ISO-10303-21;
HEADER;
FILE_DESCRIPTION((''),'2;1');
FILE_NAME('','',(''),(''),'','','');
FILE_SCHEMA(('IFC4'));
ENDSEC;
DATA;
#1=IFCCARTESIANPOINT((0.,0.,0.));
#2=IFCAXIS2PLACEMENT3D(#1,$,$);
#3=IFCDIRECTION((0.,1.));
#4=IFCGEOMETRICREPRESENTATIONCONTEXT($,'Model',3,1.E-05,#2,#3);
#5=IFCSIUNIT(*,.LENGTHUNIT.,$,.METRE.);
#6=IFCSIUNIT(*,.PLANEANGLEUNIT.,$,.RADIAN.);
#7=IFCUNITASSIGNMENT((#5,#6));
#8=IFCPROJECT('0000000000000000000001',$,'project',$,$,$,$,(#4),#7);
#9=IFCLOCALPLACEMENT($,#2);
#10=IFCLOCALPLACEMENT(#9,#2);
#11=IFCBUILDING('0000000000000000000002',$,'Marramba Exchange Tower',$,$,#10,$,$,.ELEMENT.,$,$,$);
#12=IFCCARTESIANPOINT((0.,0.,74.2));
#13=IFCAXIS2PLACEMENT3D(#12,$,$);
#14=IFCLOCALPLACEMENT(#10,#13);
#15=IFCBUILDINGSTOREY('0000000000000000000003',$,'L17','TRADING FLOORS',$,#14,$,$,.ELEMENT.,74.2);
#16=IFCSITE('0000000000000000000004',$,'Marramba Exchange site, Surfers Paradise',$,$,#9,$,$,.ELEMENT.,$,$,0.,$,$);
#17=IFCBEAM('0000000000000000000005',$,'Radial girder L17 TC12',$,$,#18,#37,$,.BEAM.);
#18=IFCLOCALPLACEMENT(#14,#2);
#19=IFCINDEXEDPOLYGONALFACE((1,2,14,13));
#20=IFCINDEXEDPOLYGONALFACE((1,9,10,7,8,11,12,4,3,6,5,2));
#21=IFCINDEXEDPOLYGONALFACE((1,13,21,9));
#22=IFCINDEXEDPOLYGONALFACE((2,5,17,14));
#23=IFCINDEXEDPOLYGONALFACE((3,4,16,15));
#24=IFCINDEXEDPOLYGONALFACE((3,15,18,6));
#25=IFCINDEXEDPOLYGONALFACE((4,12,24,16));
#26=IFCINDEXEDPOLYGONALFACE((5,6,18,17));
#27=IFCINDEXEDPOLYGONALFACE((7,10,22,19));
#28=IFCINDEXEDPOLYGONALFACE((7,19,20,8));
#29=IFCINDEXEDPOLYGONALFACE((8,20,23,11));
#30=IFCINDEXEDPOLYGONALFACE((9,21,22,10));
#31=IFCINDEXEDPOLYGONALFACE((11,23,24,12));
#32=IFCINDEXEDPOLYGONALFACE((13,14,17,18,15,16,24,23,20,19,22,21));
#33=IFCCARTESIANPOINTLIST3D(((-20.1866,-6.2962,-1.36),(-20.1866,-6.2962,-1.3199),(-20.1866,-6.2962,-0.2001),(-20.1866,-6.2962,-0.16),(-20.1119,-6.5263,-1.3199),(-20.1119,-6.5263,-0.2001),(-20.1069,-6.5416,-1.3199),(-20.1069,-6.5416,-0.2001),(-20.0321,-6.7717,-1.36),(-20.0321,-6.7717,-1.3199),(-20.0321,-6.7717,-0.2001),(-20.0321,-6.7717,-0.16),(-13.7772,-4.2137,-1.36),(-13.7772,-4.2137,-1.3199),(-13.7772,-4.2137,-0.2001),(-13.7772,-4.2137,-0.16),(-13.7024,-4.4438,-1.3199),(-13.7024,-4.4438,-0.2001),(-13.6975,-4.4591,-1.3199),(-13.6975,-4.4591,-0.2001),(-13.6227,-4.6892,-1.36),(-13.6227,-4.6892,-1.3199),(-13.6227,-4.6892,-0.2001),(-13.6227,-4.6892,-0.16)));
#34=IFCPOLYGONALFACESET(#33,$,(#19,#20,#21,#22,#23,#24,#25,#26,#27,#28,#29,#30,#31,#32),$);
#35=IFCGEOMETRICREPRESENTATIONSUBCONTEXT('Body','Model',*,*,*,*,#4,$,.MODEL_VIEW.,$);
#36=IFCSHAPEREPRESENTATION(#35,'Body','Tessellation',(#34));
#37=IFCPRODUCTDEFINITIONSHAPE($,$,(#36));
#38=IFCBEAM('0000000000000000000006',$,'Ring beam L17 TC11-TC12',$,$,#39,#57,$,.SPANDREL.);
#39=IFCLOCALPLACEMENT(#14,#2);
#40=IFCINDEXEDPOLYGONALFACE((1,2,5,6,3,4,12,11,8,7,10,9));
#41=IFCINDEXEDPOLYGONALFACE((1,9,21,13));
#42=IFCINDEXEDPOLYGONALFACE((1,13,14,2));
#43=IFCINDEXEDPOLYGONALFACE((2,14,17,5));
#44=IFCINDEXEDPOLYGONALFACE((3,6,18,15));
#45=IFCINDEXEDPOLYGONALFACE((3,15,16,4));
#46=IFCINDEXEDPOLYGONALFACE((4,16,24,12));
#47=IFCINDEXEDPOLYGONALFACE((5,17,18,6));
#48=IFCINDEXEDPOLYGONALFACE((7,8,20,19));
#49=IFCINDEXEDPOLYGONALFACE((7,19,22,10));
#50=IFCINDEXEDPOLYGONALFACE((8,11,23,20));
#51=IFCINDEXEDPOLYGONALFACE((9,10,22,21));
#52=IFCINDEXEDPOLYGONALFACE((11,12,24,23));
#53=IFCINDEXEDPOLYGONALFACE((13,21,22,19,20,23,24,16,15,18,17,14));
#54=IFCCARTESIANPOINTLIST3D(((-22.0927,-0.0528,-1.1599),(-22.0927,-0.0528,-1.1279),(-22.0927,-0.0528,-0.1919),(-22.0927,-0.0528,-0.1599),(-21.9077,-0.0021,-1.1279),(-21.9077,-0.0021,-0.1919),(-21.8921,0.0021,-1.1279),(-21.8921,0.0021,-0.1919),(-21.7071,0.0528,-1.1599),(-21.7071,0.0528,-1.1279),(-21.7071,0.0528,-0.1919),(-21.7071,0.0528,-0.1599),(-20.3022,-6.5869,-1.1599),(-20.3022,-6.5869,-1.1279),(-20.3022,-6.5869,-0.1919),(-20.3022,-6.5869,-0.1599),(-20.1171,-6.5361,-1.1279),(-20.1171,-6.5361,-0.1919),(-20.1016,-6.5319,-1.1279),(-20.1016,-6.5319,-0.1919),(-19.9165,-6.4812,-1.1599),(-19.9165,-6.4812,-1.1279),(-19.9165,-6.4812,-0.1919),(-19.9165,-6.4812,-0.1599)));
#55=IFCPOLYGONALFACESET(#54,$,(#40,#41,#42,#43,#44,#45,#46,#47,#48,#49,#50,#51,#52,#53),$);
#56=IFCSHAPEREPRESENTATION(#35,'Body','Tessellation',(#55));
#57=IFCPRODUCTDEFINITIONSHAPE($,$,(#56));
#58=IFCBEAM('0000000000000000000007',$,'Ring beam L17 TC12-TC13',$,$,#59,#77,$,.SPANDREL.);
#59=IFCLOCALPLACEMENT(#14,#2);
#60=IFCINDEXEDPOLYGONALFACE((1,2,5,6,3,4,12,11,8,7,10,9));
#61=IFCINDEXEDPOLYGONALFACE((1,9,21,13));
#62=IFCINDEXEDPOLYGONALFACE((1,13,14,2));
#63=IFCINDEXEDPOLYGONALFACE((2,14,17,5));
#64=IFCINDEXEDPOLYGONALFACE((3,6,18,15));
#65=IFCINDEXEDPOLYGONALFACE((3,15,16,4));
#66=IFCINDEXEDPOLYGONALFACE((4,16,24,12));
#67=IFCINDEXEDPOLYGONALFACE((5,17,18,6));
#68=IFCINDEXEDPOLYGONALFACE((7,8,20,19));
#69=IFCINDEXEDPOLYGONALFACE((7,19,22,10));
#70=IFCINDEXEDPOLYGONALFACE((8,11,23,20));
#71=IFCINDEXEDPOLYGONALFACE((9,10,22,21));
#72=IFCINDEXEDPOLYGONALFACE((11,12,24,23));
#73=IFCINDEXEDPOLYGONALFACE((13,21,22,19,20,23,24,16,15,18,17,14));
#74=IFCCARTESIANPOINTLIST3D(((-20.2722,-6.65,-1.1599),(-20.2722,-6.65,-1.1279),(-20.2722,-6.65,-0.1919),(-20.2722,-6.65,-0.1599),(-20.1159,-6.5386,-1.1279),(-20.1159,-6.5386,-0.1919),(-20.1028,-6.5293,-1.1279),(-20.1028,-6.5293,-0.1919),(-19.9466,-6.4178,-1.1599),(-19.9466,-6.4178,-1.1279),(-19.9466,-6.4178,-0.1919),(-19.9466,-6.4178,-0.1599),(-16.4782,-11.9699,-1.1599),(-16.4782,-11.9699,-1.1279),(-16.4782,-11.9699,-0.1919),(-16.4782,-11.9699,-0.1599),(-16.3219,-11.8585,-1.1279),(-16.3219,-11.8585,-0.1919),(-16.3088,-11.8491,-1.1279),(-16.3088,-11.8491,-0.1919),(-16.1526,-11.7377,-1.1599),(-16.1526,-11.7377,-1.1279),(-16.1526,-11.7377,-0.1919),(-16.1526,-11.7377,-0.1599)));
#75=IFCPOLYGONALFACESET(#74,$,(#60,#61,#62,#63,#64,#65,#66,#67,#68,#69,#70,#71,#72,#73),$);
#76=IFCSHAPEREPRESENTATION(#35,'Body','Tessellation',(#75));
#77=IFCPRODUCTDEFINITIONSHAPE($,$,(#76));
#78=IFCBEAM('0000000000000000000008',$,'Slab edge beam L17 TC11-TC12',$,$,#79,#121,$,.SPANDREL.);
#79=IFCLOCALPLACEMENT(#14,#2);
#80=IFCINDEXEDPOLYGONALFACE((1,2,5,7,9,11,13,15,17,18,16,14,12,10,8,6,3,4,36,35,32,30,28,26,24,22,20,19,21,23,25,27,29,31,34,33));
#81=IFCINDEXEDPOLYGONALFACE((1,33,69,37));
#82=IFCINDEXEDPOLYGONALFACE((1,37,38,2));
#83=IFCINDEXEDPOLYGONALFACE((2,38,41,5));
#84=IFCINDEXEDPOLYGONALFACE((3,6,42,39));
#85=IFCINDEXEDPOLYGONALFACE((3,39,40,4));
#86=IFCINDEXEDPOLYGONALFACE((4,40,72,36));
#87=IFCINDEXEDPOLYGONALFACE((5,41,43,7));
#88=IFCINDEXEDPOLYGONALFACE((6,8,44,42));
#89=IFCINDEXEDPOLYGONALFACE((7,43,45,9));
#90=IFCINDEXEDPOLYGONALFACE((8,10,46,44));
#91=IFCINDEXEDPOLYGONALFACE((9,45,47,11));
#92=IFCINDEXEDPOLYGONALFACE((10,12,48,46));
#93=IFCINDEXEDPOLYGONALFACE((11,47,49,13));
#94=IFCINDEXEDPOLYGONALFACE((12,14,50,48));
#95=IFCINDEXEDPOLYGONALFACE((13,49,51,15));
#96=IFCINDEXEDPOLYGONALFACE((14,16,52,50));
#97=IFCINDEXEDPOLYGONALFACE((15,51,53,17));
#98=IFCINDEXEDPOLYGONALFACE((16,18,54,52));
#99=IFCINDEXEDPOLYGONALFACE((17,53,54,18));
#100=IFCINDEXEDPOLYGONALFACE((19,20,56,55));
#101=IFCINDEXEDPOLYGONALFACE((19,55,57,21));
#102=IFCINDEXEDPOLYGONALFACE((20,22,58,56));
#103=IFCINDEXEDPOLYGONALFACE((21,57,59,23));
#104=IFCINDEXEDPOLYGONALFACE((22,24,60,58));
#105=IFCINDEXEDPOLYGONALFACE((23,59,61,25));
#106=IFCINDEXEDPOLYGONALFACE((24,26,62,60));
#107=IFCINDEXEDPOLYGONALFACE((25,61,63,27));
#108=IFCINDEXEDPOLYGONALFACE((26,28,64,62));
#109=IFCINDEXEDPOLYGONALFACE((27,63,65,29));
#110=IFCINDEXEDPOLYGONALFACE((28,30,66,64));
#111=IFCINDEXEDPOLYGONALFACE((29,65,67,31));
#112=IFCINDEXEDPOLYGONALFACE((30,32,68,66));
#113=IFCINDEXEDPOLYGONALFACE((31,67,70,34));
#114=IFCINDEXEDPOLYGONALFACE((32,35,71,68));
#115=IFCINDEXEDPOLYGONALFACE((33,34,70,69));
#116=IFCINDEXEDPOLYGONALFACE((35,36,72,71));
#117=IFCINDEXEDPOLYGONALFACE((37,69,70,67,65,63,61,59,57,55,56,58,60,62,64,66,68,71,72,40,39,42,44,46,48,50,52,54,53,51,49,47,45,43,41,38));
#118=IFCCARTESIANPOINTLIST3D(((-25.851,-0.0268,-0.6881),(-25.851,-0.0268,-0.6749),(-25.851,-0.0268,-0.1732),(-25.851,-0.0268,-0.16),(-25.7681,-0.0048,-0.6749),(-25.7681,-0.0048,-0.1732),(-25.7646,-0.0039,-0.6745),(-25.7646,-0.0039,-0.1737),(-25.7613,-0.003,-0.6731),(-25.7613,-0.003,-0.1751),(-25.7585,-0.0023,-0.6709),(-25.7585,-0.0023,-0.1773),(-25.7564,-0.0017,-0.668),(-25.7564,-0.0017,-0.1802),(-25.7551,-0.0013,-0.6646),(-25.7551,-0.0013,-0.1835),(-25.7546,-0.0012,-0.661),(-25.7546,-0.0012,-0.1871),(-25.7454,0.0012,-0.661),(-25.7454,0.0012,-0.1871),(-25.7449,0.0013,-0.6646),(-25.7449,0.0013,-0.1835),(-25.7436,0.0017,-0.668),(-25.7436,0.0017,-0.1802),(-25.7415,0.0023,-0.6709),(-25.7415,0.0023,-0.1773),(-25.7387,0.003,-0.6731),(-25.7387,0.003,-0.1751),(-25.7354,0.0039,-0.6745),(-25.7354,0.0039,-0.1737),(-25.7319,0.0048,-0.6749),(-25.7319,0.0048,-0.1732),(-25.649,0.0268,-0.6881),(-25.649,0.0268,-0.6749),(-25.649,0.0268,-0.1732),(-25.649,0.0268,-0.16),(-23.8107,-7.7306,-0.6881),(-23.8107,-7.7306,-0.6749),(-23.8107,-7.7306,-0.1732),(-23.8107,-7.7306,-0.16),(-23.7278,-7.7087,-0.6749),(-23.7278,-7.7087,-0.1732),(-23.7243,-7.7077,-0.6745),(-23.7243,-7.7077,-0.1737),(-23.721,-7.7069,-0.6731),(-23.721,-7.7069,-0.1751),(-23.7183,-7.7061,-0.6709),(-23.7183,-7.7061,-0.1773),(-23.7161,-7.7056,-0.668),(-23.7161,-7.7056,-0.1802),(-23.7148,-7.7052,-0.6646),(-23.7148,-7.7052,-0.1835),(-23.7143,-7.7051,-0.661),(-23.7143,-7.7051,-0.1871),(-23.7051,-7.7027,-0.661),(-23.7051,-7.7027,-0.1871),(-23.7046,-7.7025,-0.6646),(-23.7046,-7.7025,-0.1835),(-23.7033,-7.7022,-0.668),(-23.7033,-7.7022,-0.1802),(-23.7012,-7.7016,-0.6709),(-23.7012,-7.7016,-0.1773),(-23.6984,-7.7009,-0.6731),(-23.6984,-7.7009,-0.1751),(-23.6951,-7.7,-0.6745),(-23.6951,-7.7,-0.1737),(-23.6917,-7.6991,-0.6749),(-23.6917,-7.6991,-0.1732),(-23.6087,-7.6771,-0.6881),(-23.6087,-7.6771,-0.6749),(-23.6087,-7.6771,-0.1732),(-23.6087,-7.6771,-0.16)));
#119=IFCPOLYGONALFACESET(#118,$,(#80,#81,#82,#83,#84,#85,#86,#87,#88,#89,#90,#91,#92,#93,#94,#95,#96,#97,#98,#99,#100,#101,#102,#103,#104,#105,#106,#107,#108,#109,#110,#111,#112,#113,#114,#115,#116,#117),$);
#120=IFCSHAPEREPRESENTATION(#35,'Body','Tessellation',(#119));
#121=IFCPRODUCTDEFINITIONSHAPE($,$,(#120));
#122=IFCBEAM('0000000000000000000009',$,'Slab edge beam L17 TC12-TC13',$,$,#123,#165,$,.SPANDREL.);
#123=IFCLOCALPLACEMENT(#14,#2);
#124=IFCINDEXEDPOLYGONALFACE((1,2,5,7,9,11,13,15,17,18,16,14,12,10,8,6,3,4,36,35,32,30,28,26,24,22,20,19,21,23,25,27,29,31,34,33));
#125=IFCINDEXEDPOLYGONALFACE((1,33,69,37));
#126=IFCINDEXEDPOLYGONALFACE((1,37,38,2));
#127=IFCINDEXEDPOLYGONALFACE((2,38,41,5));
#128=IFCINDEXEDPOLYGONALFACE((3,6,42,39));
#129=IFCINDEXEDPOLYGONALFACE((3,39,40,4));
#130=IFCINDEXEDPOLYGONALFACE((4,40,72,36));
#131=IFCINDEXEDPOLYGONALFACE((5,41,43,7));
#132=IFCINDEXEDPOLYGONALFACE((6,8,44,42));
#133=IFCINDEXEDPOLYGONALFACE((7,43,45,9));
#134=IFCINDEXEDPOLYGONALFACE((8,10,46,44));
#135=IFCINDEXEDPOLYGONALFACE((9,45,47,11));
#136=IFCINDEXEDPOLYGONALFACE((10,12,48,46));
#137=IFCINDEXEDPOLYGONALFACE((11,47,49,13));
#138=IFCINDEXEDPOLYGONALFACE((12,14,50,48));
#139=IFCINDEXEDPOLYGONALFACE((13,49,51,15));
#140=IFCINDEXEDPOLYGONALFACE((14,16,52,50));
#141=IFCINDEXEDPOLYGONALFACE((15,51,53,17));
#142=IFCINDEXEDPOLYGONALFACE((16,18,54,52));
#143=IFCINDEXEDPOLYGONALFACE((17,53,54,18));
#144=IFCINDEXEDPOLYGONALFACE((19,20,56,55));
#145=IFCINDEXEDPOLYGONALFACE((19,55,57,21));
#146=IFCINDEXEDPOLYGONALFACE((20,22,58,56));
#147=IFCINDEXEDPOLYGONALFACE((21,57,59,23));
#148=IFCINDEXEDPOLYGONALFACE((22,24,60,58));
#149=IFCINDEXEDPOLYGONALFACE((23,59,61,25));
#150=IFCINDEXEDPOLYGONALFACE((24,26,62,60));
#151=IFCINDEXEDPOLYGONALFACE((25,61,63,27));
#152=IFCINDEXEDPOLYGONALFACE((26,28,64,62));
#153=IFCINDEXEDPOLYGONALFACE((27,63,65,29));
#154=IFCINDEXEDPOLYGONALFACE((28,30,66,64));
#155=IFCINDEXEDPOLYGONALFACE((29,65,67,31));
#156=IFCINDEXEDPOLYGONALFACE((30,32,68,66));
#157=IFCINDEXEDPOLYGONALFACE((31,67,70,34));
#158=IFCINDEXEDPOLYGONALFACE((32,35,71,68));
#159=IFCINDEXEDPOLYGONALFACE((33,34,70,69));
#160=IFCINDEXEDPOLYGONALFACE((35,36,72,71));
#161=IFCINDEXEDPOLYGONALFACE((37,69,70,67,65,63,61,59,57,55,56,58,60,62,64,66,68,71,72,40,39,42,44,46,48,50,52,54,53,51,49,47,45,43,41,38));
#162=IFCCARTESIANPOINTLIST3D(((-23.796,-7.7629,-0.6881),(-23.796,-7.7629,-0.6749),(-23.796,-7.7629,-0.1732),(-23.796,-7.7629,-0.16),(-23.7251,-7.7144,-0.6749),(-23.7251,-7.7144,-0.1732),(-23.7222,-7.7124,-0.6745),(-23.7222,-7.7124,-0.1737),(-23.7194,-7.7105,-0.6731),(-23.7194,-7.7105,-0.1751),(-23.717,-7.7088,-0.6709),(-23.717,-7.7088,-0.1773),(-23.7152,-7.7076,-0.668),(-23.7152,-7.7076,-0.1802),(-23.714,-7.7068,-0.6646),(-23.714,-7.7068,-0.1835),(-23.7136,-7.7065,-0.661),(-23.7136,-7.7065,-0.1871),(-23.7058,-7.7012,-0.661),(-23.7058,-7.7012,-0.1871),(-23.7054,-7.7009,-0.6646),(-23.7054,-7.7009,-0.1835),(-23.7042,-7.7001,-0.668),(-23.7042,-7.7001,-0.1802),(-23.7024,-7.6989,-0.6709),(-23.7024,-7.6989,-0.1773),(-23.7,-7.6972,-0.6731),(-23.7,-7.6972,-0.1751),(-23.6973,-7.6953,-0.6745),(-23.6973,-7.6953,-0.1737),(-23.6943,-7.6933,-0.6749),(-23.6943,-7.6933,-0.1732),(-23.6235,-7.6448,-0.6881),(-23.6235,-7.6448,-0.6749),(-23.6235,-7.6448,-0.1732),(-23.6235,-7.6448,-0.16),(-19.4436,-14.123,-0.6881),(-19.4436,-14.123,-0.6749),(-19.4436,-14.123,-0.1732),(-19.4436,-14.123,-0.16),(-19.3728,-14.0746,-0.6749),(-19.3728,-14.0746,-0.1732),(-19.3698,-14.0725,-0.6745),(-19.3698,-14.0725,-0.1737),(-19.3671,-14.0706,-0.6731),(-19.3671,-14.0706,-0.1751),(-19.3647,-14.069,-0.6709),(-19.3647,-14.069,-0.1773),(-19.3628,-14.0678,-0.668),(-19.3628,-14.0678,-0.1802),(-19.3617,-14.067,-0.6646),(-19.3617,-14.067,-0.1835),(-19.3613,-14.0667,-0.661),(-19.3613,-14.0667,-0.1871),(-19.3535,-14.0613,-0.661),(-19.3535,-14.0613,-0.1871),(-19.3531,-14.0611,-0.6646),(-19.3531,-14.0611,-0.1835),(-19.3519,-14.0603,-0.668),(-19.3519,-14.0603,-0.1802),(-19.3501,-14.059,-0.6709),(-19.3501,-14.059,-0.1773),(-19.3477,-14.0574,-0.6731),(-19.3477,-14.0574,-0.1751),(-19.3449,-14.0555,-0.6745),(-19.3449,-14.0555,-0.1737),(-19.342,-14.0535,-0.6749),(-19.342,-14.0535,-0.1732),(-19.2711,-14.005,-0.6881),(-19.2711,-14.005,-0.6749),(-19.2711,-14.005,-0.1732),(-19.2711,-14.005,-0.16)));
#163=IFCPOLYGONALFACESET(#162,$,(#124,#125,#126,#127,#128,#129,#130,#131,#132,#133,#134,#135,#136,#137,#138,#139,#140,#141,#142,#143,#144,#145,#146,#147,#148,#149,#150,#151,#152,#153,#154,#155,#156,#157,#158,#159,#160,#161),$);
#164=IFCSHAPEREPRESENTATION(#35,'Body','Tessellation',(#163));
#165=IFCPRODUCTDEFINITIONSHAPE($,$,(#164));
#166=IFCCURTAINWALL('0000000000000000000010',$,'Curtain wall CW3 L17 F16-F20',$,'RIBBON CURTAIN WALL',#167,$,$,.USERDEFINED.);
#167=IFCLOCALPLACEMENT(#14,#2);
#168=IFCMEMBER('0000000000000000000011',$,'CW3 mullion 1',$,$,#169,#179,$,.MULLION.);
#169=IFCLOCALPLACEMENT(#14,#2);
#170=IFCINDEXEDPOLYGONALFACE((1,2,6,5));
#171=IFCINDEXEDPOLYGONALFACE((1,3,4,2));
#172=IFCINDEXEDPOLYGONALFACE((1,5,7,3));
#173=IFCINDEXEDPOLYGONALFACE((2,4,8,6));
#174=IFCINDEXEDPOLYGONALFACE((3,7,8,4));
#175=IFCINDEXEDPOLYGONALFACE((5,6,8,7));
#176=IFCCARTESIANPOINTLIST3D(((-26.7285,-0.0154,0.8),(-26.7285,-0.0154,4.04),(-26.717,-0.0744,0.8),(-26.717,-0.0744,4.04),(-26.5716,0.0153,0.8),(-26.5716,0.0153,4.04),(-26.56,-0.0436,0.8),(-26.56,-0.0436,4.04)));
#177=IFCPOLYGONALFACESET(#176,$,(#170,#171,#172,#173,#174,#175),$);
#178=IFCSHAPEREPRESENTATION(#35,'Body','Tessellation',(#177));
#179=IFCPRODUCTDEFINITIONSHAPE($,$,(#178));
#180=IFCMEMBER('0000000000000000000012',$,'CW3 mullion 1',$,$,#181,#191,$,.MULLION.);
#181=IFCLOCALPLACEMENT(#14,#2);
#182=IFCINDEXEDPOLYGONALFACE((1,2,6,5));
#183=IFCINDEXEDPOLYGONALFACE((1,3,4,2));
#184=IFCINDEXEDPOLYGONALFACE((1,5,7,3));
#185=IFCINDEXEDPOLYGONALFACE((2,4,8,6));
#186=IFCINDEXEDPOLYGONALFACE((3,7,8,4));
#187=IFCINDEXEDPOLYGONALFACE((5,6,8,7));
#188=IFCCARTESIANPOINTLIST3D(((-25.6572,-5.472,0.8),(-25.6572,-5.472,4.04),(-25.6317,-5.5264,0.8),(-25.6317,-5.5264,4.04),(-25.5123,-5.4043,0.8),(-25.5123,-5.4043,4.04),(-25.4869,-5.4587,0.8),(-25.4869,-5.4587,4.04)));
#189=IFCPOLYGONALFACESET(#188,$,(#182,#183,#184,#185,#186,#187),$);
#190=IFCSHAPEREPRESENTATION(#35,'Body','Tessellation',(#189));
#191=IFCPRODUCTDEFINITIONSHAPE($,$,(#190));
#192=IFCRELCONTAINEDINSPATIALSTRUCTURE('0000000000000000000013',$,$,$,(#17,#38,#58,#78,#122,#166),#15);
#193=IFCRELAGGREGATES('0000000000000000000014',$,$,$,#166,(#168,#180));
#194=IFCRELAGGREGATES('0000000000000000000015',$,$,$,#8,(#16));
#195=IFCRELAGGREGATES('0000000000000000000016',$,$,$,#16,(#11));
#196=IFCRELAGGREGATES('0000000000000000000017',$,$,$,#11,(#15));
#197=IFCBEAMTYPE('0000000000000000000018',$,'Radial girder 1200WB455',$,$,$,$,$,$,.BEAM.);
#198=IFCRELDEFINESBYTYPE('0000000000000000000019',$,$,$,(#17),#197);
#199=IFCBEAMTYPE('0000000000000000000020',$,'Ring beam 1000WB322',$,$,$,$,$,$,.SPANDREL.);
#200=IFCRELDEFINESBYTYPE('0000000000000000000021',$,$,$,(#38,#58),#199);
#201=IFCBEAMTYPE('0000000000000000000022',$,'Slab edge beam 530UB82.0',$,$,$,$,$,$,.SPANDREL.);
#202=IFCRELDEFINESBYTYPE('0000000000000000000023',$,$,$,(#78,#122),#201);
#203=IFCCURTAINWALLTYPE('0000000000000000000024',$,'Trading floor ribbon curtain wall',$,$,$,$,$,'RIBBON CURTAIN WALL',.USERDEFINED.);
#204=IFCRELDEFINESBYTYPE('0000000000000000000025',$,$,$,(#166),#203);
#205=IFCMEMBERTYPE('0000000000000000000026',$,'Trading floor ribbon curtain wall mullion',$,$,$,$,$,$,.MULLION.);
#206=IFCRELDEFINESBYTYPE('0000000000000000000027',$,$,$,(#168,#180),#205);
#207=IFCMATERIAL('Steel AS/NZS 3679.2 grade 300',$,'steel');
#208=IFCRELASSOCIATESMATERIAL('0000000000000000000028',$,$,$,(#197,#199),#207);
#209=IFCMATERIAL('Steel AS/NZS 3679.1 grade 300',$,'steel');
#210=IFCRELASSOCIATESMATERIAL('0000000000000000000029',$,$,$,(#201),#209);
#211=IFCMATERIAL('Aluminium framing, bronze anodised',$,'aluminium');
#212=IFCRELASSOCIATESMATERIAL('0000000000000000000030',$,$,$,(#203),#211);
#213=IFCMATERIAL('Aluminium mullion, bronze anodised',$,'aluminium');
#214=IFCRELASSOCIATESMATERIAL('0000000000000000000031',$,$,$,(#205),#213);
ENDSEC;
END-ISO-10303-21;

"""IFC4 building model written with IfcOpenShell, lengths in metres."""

from ifc_helpers import new_model, si_unit, direction, frame, origin, origin_2d, place, context, subcontext, project, spatial, rectangle, i_section, extrude, material, material_profile, profile_set, type_object, element, aggregate, save


model = new_model("IFC4")

# Units and contexts
model_context = context("Model", 3, precision=1e-05, world=origin(), true_north=direction((0.0, 1.0)))
body_context = subcontext(model_context, "Body", "Model", "MODEL_VIEW")
ifc_project = project(units=[si_unit("LENGTHUNIT", "METRE"), si_unit("PLANEANGLEUNIT", "RADIAN")], contexts=[model_context])

# Site, building, storey
site_placement = place(None, origin())
site = spatial("IfcSite", under=ifc_project, at=site_placement, Name="Marramba Exchange site, Surfers Paradise", CompositionType="ELEMENT", RefElevation=0.0)
building_placement = place(site_placement, origin())
building = spatial("IfcBuilding", under=site, at=building_placement, Name="Marramba Exchange Tower", CompositionType="ELEMENT")
storey_placement = place(building_placement, frame((0.0, 0.0, 74.2)))
storey = spatial("IfcBuildingStorey", under=building, at=storey_placement, Name="L17", Description="TRADING FLOORS", CompositionType="ELEMENT", Elevation=74.2)

# Beams
ifc_material_1 = material(Name="Steel AS/NZS 3679.2 grade 300", Category="steel")
ifc_material_2 = material(Name="Steel AS/NZS 3679.1 grade 300", Category="steel")
ifc_material_profile_1 = material_profile(ifc_material_1, i_section(OverallWidth=0.5, OverallDepth=1.2, WebThickness=0.0161, FlangeThickness=0.04, at=origin_2d()), Name="1200WB455")
ifc_profile_set_1 = profile_set([ifc_material_profile_1], Name="Steel AS/NZS 3679.2 grade 300")
beam_type_1 = type_object("IfcBeamType", Name="Radial girder 1200WB455", PredefinedType="BEAM", material=ifc_profile_set_1)
beam_1_placement = place(storey_placement, frame((-13.7, -4.4514, -0.76), z_axis=(-0.951058, -0.309013, 0.0), x_axis=(0.309013, -0.951058, 0.0)))
element("IfcBeam", 1, at=beam_1_placement, inside=storey, type_object=beam_type_1, Name="Radial girder L17 TC12", PredefinedType="BEAM", context=body_context, shape_type="SweptSolid", body=[
    extrude(i_section(OverallWidth=0.5, OverallDepth=1.2, WebThickness=0.0161, FlangeThickness=0.04, at=origin_2d()), origin(), (0.0, 0.0, 1.0), 6.7393),
])
ifc_material_profile_2 = material_profile(ifc_material_1, i_section(OverallWidth=0.3999, OverallDepth=1.0, WebThickness=0.0161, FlangeThickness=0.032, at=origin_2d()), Name="1000WB322")
ifc_profile_set_2 = profile_set([ifc_material_profile_2], Name="Steel AS/NZS 3679.2 grade 300")
beam_type_2 = type_object("IfcBeamType", Name="Ring beam 1000WB322", PredefinedType="SPANDREL", material=ifc_profile_set_2)
beam_2_placement = place(storey_placement, frame((-21.8999, 0.0, -0.6599), z_axis=(0.264291, -0.964443, 0.0), x_axis=(0.964443, 0.264291, 0.0)))
element("IfcBeam", 2, at=beam_2_placement, inside=storey, type_object=beam_type_2, Name="Ring beam L17 TC11-TC12", PredefinedType="SPANDREL", context=body_context, shape_type="SweptSolid", body=[
    extrude(i_section(OverallWidth=0.3999, OverallDepth=1.0, WebThickness=0.0161, FlangeThickness=0.032, at=origin_2d()), origin(), (0.0, 0.0, 1.0), 6.7749),
])
beam_3_placement = place(storey_placement, frame((-20.1094, -6.5339, -0.6599), z_axis=(0.580637, -0.814162, 0.0), x_axis=(0.814162, 0.580637, 0.0)))
element("IfcBeam", 3, at=beam_3_placement, inside=storey, type_object=beam_type_2, Name="Ring beam L17 TC12-TC13", PredefinedType="SPANDREL", context=body_context, shape_type="SweptSolid", body=[
    extrude(i_section(OverallWidth=0.3999, OverallDepth=1.0, WebThickness=0.0161, FlangeThickness=0.032, at=origin_2d()), origin(), (0.0, 0.0, 1.0), 6.5342),
])
ifc_material_profile_3 = material_profile(ifc_material_2, i_section(OverallWidth=0.209, OverallDepth=0.5281, WebThickness=0.0095, FlangeThickness=0.0132, FilletRadius=0.0139, at=origin_2d()), Name="530UB82.0")
ifc_profile_set_3 = profile_set([ifc_material_profile_3], Name="Steel AS/NZS 3679.1 grade 300")
beam_type_3 = type_object("IfcBeamType", Name="Slab edge beam 530UB82.0", PredefinedType="SPANDREL", material=ifc_profile_set_3)
beam_4_placement = place(storey_placement, frame((-25.75, 0.0, -0.4241), z_axis=(0.256013, -0.966673, 0.0), x_axis=(0.966673, 0.256013, 0.0)))
element("IfcBeam", 4, at=beam_4_placement, inside=storey, type_object=beam_type_3, Name="Slab edge beam L17 TC11-TC12", PredefinedType="SPANDREL", context=body_context, shape_type="SweptSolid", body=[
    extrude(i_section(OverallWidth=0.209, OverallDepth=0.5281, WebThickness=0.0095, FlangeThickness=0.0132, FilletRadius=0.0139, at=origin_2d()), origin(), (0.0, 0.0, 1.0), 7.9695),
])
beam_5_placement = place(storey_placement, frame((-23.7097, -7.7039, -0.4241), z_axis=(0.564741, -0.825268, 0.0), x_axis=(0.825268, 0.564741, 0.0)))
element("IfcBeam", 5, at=beam_5_placement, inside=storey, type_object=beam_type_3, Name="Slab edge beam L17 TC12-TC13", PredefinedType="SPANDREL", context=body_context, shape_type="SweptSolid", body=[
    extrude(i_section(OverallWidth=0.209, OverallDepth=0.5281, WebThickness=0.0095, FlangeThickness=0.0132, FilletRadius=0.0139, at=origin_2d()), origin(), (0.0, 0.0, 1.0), 7.7068),
])

# Curtain wall, members
ifc_material_3 = material(Name="Aluminium framing, bronze anodised", Category="aluminium")
curtain_wall_type = type_object("IfcCurtainWallType", Name="Trading floor ribbon curtain wall", ElementType="RIBBON CURTAIN WALL", PredefinedType="USERDEFINED", material=ifc_material_3)
curtain_wall_placement = place(storey_placement, origin())
curtain_wall = element("IfcCurtainWall", 6, at=curtain_wall_placement, inside=storey, type_object=curtain_wall_type, Name="Curtain wall CW3 L17 F16-F20", ObjectType="RIBBON CURTAIN WALL", PredefinedType="USERDEFINED")
ifc_material_4 = material(Name="Aluminium mullion, bronze anodised", Category="aluminium")
ifc_material_profile_4 = material_profile(ifc_material_4, rectangle(XDim=0.1599, YDim=0.0601, at=origin_2d()), Name="CW3 mullion 60x160")
ifc_profile_set_4 = profile_set([ifc_material_profile_4], Name="Aluminium mullion, bronze anodised")
member_type_1 = type_object("IfcMemberType", Name="Trading floor ribbon curtain wall mullion", PredefinedType="MULLION", material=ifc_profile_set_4)
member_1_placement = place(storey_placement, frame((-26.6443, -0.0295, 0.8), z_axis=(0.0, 0.0, 1.0), x_axis=(0.981346, 0.192249, 0.0)))
member_1 = element("IfcMember", 7, at=member_1_placement, type_object=member_type_1, Name="CW3 mullion 1", PredefinedType="MULLION", context=body_context, shape_type="SweptSolid", body=[
    extrude(rectangle(XDim=0.1599, YDim=0.0601, at=origin_2d()), origin(), (0.0, 0.0, 1.0), 3.24),
])
member_2_placement = place(storey_placement, frame((-25.572, -5.4653, 0.8), z_axis=(0.0, 0.0, 1.0), x_axis=(0.905907, 0.423477, 0.0)))
member_2 = element("IfcMember", 8, at=member_2_placement, type_object=member_type_1, Name="CW3 mullion 1", PredefinedType="MULLION", context=body_context, shape_type="SweptSolid", body=[
    extrude(rectangle(XDim=0.1599, YDim=0.0601, at=origin_2d()), origin(), (0.0, 0.0, 1.0), 3.24),
])
aggregate(curtain_wall, [member_1, member_2])

save(model, "model.ifc")
